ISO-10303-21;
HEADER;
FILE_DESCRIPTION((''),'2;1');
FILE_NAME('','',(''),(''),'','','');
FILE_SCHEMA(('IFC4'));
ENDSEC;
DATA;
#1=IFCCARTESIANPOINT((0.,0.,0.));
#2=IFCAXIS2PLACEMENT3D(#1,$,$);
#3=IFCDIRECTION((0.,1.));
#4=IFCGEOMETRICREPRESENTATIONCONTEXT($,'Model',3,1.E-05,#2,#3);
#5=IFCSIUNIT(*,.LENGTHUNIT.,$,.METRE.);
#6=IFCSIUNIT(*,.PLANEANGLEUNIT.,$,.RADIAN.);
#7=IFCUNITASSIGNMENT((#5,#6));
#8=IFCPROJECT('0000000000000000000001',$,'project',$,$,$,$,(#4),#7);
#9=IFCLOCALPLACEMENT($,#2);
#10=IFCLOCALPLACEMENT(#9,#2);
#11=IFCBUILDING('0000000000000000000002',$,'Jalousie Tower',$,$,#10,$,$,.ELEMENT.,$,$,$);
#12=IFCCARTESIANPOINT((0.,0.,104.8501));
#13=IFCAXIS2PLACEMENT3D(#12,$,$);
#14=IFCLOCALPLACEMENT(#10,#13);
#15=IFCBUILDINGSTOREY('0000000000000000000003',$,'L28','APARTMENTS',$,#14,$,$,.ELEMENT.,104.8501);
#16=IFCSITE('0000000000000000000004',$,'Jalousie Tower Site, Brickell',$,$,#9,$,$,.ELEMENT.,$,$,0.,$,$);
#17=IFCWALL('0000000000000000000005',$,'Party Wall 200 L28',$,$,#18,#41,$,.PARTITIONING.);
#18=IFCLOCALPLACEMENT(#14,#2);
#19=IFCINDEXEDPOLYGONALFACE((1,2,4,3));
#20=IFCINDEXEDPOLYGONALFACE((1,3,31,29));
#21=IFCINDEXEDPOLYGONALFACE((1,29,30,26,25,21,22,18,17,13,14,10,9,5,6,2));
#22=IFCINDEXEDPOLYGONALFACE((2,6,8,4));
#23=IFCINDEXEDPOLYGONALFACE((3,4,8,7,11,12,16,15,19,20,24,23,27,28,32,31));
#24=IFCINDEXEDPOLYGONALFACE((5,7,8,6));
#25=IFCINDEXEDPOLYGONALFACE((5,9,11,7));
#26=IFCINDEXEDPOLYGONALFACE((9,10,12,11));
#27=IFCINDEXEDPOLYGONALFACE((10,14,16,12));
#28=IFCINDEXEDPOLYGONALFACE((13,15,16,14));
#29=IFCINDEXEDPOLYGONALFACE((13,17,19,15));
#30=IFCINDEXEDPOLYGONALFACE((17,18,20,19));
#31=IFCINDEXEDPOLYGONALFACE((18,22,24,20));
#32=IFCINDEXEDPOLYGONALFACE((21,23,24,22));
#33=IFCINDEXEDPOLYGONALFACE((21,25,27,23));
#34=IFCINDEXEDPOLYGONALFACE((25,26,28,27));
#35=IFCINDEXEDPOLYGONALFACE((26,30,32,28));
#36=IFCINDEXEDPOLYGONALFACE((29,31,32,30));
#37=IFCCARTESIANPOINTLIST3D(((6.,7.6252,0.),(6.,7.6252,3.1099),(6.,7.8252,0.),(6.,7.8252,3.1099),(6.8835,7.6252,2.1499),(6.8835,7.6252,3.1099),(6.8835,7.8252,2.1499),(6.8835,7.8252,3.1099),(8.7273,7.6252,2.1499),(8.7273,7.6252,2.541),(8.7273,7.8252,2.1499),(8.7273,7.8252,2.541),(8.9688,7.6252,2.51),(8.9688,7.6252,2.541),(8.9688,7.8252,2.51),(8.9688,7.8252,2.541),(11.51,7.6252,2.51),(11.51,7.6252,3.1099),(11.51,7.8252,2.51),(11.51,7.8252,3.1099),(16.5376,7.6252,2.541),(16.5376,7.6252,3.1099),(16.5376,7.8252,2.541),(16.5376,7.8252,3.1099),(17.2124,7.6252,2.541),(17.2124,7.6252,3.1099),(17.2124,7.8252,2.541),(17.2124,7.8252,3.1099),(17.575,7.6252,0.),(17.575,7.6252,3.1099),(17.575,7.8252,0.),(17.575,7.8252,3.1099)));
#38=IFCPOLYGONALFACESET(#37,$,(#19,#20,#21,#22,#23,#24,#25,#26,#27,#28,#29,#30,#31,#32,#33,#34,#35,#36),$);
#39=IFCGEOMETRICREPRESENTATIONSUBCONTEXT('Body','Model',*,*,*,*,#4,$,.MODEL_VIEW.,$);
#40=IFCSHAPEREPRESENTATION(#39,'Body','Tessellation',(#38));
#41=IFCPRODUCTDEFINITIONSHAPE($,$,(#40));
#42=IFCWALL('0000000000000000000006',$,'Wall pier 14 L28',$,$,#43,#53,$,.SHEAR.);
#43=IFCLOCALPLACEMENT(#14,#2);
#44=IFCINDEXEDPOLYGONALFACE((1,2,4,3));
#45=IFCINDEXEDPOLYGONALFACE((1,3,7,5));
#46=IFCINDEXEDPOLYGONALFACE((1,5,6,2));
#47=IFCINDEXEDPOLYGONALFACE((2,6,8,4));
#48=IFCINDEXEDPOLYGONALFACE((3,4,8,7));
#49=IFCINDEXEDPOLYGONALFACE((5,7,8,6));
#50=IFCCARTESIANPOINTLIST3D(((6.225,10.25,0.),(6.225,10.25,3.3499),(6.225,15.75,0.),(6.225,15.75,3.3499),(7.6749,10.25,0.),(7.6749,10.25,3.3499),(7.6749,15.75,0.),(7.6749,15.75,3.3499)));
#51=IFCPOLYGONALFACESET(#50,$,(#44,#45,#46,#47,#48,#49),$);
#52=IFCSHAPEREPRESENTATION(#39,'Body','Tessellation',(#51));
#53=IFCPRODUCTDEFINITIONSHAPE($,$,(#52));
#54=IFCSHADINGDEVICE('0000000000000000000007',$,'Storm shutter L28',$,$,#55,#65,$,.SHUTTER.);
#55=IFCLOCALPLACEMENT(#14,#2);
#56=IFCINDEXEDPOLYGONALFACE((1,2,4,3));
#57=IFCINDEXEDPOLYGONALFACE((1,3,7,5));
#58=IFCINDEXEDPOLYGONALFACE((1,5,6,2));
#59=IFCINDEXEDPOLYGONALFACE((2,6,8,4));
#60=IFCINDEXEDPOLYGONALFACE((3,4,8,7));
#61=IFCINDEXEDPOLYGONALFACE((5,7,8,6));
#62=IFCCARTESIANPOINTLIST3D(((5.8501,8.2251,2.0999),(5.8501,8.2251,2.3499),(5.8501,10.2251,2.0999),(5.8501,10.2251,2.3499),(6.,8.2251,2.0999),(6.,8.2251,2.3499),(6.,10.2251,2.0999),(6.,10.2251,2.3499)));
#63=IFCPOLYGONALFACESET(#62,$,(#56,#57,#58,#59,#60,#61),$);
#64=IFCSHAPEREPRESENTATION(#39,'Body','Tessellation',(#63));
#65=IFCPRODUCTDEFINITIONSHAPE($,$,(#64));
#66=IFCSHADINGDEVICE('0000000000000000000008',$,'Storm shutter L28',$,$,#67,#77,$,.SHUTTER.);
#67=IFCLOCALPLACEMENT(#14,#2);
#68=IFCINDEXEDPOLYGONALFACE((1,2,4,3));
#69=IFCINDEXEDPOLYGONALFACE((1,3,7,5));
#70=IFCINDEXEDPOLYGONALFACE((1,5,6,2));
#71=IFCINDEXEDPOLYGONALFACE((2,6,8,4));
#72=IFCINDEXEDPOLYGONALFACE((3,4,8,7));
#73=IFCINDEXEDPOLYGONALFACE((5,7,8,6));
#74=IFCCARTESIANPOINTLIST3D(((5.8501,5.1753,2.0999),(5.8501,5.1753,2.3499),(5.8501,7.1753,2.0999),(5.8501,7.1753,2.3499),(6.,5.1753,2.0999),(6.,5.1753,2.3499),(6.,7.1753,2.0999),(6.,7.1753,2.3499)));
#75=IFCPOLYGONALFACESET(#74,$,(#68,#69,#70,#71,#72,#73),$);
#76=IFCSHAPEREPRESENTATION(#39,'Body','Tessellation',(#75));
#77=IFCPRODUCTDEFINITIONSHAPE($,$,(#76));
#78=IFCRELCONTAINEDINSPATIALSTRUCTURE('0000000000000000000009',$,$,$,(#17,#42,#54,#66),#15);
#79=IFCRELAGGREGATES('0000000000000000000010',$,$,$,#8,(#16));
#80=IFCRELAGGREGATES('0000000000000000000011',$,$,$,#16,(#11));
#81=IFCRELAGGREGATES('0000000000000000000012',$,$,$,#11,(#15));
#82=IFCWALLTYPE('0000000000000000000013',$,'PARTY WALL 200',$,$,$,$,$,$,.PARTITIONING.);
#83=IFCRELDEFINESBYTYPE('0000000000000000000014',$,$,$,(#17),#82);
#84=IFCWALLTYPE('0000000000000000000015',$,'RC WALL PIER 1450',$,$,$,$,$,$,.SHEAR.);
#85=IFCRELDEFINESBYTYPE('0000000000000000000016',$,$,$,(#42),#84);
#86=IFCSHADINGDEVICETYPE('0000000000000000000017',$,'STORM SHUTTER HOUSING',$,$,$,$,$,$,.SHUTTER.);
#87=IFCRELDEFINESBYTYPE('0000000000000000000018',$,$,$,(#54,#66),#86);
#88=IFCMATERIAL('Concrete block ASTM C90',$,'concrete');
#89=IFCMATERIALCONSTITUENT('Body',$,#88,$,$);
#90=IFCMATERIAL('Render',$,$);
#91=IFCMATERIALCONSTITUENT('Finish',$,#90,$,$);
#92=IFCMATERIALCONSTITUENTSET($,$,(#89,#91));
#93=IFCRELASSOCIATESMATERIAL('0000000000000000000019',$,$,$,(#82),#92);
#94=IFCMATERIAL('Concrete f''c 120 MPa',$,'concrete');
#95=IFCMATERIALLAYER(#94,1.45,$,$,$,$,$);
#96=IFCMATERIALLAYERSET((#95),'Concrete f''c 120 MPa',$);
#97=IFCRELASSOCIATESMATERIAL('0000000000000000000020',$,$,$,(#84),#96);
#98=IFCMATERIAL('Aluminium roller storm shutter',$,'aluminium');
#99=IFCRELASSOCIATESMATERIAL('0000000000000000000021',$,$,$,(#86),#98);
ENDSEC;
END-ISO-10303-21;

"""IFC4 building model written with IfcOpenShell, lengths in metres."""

from ifc_helpers import new_model, si_unit, direction, frame, frame_2d, origin, origin_2d, place, context, subcontext, project, spatial, polyline, rectangle, outline, extrude, material, layer, layer_set, constituent, constituent_set, type_object, element, save


model = new_model("IFC4")

# Units and contexts
model_context = context("Model", 3, precision=1e-05, world=origin(), true_north=direction((0.0, 1.0)))
body_context = subcontext(model_context, "Body", "Model", "MODEL_VIEW")
ifc_project = project(units=[si_unit("LENGTHUNIT", "METRE"), si_unit("PLANEANGLEUNIT", "RADIAN")], contexts=[model_context])

# Site, building, storey
site_placement = place(None, origin())
site = spatial("IfcSite", under=ifc_project, at=site_placement, Name="Jalousie Tower Site, Brickell", CompositionType="ELEMENT", RefElevation=0.0)
building_placement = place(site_placement, origin())
building = spatial("IfcBuilding", under=site, at=building_placement, Name="Jalousie Tower", CompositionType="ELEMENT")
storey_placement = place(building_placement, frame((0.0, 0.0, 104.8501)))
storey = spatial("IfcBuildingStorey", under=building, at=storey_placement, Name="L28", Description="APARTMENTS", CompositionType="ELEMENT", Elevation=104.8501)

# Walls
ifc_material_1 = material(Name="Concrete block ASTM C90", Category="concrete")
ifc_constituent_1 = constituent(ifc_material_1, Name="Body")
ifc_material_2 = material(Name="Render")
ifc_constituent_2 = constituent(ifc_material_2, Name="Finish")
ifc_constituent_set_1 = constituent_set(constituents=[ifc_constituent_1, ifc_constituent_2])
wall_type_1 = type_object("IfcWallType", Name="PARTY WALL 200", PredefinedType="PARTITIONING", material=ifc_constituent_set_1)
wall_1_placement = place(storey_placement, frame((6.0, 7.7251, 0.0), z_axis=(0.0, 0.0, 1.0), x_axis=(1.0, 0.0, 0.0)))
element("IfcWall", 1, at=wall_1_placement, inside=storey, type_object=wall_type_1, Name="Party Wall 200 L28", PredefinedType="PARTITIONING", context=body_context, shape_type="SweptSolid", body=[
    extrude(outline(polyline([(0.0, 0.0), (11.575, 0.0), (11.575, 3.1099), (11.2124, 3.1099), (11.2124, 2.541), (10.5376, 2.541), (10.5376, 3.1099), (5.51, 3.1099), (5.51, 2.51), (2.9688, 2.51), (2.9688, 2.541), (2.7273, 2.541), (2.7273, 2.1499), (0.8835, 2.1499), (0.8835, 3.1099), (0.0, 3.1099), (0.0, 0.0)])), frame((0.0, 0.1001, 0.0), z_axis=(0.0, -1.0, 0.0), x_axis=(1.0, 0.0, 0.0)), (0.0, 0.0, 1.0), 0.2),
])
ifc_material_3 = material(Name="Concrete f'c 120 MPa", Category="concrete")
ifc_layer_1 = layer(ifc_material_3, 1.45)
ifc_layer_set_1 = layer_set([ifc_layer_1], Name="Concrete f'c 120 MPa")
wall_type_2 = type_object("IfcWallType", Name="RC WALL PIER 1450", PredefinedType="SHEAR", material=ifc_layer_set_1)
wall_2_placement = place(storey_placement, frame((6.95, 10.25, 0.0), z_axis=(0.0, 0.0, 1.0), x_axis=(0.0, 1.0, 0.0)))
element("IfcWall", 2, at=wall_2_placement, inside=storey, type_object=wall_type_2, Name="Wall pier 14 L28", PredefinedType="SHEAR", context=body_context, shape_type="SweptSolid", body=[
    extrude(rectangle(XDim=5.5, YDim=1.45, at=frame_2d((2.75, 0.0))), origin(), (0.0, 0.0, 1.0), 3.3499),
])

# Shading devices
ifc_material_4 = material(Name="Aluminium roller storm shutter", Category="aluminium")
shading_device_type = type_object("IfcShadingDeviceType", Name="STORM SHUTTER HOUSING", PredefinedType="SHUTTER", material=ifc_material_4)
for number, where, z_axis, x_axis, name in (
    (3, (5.925, 9.2251, 2.0999), (0.0, 0.0, 1.0), (0.0, -1.0, 0.0), "Storm shutter L28"),
    (4, (5.925, 6.1753, 2.0999), (0.0, 0.0, 1.0), (0.0, -1.0, 0.0), "Storm shutter L28"),
):
    element("IfcShadingDevice", number, at=place(storey_placement, frame(where, z_axis=z_axis, x_axis=x_axis)), inside=storey, type_object=shading_device_type, Name=name, PredefinedType="SHUTTER", context=body_context, shape_type="SweptSolid", body=[
        extrude(rectangle(XDim=2.0, YDim=0.1499, at=origin_2d()), origin(), (0.0, 0.0, 1.0), 0.25),
    ])

save(model, "model.ifc")
